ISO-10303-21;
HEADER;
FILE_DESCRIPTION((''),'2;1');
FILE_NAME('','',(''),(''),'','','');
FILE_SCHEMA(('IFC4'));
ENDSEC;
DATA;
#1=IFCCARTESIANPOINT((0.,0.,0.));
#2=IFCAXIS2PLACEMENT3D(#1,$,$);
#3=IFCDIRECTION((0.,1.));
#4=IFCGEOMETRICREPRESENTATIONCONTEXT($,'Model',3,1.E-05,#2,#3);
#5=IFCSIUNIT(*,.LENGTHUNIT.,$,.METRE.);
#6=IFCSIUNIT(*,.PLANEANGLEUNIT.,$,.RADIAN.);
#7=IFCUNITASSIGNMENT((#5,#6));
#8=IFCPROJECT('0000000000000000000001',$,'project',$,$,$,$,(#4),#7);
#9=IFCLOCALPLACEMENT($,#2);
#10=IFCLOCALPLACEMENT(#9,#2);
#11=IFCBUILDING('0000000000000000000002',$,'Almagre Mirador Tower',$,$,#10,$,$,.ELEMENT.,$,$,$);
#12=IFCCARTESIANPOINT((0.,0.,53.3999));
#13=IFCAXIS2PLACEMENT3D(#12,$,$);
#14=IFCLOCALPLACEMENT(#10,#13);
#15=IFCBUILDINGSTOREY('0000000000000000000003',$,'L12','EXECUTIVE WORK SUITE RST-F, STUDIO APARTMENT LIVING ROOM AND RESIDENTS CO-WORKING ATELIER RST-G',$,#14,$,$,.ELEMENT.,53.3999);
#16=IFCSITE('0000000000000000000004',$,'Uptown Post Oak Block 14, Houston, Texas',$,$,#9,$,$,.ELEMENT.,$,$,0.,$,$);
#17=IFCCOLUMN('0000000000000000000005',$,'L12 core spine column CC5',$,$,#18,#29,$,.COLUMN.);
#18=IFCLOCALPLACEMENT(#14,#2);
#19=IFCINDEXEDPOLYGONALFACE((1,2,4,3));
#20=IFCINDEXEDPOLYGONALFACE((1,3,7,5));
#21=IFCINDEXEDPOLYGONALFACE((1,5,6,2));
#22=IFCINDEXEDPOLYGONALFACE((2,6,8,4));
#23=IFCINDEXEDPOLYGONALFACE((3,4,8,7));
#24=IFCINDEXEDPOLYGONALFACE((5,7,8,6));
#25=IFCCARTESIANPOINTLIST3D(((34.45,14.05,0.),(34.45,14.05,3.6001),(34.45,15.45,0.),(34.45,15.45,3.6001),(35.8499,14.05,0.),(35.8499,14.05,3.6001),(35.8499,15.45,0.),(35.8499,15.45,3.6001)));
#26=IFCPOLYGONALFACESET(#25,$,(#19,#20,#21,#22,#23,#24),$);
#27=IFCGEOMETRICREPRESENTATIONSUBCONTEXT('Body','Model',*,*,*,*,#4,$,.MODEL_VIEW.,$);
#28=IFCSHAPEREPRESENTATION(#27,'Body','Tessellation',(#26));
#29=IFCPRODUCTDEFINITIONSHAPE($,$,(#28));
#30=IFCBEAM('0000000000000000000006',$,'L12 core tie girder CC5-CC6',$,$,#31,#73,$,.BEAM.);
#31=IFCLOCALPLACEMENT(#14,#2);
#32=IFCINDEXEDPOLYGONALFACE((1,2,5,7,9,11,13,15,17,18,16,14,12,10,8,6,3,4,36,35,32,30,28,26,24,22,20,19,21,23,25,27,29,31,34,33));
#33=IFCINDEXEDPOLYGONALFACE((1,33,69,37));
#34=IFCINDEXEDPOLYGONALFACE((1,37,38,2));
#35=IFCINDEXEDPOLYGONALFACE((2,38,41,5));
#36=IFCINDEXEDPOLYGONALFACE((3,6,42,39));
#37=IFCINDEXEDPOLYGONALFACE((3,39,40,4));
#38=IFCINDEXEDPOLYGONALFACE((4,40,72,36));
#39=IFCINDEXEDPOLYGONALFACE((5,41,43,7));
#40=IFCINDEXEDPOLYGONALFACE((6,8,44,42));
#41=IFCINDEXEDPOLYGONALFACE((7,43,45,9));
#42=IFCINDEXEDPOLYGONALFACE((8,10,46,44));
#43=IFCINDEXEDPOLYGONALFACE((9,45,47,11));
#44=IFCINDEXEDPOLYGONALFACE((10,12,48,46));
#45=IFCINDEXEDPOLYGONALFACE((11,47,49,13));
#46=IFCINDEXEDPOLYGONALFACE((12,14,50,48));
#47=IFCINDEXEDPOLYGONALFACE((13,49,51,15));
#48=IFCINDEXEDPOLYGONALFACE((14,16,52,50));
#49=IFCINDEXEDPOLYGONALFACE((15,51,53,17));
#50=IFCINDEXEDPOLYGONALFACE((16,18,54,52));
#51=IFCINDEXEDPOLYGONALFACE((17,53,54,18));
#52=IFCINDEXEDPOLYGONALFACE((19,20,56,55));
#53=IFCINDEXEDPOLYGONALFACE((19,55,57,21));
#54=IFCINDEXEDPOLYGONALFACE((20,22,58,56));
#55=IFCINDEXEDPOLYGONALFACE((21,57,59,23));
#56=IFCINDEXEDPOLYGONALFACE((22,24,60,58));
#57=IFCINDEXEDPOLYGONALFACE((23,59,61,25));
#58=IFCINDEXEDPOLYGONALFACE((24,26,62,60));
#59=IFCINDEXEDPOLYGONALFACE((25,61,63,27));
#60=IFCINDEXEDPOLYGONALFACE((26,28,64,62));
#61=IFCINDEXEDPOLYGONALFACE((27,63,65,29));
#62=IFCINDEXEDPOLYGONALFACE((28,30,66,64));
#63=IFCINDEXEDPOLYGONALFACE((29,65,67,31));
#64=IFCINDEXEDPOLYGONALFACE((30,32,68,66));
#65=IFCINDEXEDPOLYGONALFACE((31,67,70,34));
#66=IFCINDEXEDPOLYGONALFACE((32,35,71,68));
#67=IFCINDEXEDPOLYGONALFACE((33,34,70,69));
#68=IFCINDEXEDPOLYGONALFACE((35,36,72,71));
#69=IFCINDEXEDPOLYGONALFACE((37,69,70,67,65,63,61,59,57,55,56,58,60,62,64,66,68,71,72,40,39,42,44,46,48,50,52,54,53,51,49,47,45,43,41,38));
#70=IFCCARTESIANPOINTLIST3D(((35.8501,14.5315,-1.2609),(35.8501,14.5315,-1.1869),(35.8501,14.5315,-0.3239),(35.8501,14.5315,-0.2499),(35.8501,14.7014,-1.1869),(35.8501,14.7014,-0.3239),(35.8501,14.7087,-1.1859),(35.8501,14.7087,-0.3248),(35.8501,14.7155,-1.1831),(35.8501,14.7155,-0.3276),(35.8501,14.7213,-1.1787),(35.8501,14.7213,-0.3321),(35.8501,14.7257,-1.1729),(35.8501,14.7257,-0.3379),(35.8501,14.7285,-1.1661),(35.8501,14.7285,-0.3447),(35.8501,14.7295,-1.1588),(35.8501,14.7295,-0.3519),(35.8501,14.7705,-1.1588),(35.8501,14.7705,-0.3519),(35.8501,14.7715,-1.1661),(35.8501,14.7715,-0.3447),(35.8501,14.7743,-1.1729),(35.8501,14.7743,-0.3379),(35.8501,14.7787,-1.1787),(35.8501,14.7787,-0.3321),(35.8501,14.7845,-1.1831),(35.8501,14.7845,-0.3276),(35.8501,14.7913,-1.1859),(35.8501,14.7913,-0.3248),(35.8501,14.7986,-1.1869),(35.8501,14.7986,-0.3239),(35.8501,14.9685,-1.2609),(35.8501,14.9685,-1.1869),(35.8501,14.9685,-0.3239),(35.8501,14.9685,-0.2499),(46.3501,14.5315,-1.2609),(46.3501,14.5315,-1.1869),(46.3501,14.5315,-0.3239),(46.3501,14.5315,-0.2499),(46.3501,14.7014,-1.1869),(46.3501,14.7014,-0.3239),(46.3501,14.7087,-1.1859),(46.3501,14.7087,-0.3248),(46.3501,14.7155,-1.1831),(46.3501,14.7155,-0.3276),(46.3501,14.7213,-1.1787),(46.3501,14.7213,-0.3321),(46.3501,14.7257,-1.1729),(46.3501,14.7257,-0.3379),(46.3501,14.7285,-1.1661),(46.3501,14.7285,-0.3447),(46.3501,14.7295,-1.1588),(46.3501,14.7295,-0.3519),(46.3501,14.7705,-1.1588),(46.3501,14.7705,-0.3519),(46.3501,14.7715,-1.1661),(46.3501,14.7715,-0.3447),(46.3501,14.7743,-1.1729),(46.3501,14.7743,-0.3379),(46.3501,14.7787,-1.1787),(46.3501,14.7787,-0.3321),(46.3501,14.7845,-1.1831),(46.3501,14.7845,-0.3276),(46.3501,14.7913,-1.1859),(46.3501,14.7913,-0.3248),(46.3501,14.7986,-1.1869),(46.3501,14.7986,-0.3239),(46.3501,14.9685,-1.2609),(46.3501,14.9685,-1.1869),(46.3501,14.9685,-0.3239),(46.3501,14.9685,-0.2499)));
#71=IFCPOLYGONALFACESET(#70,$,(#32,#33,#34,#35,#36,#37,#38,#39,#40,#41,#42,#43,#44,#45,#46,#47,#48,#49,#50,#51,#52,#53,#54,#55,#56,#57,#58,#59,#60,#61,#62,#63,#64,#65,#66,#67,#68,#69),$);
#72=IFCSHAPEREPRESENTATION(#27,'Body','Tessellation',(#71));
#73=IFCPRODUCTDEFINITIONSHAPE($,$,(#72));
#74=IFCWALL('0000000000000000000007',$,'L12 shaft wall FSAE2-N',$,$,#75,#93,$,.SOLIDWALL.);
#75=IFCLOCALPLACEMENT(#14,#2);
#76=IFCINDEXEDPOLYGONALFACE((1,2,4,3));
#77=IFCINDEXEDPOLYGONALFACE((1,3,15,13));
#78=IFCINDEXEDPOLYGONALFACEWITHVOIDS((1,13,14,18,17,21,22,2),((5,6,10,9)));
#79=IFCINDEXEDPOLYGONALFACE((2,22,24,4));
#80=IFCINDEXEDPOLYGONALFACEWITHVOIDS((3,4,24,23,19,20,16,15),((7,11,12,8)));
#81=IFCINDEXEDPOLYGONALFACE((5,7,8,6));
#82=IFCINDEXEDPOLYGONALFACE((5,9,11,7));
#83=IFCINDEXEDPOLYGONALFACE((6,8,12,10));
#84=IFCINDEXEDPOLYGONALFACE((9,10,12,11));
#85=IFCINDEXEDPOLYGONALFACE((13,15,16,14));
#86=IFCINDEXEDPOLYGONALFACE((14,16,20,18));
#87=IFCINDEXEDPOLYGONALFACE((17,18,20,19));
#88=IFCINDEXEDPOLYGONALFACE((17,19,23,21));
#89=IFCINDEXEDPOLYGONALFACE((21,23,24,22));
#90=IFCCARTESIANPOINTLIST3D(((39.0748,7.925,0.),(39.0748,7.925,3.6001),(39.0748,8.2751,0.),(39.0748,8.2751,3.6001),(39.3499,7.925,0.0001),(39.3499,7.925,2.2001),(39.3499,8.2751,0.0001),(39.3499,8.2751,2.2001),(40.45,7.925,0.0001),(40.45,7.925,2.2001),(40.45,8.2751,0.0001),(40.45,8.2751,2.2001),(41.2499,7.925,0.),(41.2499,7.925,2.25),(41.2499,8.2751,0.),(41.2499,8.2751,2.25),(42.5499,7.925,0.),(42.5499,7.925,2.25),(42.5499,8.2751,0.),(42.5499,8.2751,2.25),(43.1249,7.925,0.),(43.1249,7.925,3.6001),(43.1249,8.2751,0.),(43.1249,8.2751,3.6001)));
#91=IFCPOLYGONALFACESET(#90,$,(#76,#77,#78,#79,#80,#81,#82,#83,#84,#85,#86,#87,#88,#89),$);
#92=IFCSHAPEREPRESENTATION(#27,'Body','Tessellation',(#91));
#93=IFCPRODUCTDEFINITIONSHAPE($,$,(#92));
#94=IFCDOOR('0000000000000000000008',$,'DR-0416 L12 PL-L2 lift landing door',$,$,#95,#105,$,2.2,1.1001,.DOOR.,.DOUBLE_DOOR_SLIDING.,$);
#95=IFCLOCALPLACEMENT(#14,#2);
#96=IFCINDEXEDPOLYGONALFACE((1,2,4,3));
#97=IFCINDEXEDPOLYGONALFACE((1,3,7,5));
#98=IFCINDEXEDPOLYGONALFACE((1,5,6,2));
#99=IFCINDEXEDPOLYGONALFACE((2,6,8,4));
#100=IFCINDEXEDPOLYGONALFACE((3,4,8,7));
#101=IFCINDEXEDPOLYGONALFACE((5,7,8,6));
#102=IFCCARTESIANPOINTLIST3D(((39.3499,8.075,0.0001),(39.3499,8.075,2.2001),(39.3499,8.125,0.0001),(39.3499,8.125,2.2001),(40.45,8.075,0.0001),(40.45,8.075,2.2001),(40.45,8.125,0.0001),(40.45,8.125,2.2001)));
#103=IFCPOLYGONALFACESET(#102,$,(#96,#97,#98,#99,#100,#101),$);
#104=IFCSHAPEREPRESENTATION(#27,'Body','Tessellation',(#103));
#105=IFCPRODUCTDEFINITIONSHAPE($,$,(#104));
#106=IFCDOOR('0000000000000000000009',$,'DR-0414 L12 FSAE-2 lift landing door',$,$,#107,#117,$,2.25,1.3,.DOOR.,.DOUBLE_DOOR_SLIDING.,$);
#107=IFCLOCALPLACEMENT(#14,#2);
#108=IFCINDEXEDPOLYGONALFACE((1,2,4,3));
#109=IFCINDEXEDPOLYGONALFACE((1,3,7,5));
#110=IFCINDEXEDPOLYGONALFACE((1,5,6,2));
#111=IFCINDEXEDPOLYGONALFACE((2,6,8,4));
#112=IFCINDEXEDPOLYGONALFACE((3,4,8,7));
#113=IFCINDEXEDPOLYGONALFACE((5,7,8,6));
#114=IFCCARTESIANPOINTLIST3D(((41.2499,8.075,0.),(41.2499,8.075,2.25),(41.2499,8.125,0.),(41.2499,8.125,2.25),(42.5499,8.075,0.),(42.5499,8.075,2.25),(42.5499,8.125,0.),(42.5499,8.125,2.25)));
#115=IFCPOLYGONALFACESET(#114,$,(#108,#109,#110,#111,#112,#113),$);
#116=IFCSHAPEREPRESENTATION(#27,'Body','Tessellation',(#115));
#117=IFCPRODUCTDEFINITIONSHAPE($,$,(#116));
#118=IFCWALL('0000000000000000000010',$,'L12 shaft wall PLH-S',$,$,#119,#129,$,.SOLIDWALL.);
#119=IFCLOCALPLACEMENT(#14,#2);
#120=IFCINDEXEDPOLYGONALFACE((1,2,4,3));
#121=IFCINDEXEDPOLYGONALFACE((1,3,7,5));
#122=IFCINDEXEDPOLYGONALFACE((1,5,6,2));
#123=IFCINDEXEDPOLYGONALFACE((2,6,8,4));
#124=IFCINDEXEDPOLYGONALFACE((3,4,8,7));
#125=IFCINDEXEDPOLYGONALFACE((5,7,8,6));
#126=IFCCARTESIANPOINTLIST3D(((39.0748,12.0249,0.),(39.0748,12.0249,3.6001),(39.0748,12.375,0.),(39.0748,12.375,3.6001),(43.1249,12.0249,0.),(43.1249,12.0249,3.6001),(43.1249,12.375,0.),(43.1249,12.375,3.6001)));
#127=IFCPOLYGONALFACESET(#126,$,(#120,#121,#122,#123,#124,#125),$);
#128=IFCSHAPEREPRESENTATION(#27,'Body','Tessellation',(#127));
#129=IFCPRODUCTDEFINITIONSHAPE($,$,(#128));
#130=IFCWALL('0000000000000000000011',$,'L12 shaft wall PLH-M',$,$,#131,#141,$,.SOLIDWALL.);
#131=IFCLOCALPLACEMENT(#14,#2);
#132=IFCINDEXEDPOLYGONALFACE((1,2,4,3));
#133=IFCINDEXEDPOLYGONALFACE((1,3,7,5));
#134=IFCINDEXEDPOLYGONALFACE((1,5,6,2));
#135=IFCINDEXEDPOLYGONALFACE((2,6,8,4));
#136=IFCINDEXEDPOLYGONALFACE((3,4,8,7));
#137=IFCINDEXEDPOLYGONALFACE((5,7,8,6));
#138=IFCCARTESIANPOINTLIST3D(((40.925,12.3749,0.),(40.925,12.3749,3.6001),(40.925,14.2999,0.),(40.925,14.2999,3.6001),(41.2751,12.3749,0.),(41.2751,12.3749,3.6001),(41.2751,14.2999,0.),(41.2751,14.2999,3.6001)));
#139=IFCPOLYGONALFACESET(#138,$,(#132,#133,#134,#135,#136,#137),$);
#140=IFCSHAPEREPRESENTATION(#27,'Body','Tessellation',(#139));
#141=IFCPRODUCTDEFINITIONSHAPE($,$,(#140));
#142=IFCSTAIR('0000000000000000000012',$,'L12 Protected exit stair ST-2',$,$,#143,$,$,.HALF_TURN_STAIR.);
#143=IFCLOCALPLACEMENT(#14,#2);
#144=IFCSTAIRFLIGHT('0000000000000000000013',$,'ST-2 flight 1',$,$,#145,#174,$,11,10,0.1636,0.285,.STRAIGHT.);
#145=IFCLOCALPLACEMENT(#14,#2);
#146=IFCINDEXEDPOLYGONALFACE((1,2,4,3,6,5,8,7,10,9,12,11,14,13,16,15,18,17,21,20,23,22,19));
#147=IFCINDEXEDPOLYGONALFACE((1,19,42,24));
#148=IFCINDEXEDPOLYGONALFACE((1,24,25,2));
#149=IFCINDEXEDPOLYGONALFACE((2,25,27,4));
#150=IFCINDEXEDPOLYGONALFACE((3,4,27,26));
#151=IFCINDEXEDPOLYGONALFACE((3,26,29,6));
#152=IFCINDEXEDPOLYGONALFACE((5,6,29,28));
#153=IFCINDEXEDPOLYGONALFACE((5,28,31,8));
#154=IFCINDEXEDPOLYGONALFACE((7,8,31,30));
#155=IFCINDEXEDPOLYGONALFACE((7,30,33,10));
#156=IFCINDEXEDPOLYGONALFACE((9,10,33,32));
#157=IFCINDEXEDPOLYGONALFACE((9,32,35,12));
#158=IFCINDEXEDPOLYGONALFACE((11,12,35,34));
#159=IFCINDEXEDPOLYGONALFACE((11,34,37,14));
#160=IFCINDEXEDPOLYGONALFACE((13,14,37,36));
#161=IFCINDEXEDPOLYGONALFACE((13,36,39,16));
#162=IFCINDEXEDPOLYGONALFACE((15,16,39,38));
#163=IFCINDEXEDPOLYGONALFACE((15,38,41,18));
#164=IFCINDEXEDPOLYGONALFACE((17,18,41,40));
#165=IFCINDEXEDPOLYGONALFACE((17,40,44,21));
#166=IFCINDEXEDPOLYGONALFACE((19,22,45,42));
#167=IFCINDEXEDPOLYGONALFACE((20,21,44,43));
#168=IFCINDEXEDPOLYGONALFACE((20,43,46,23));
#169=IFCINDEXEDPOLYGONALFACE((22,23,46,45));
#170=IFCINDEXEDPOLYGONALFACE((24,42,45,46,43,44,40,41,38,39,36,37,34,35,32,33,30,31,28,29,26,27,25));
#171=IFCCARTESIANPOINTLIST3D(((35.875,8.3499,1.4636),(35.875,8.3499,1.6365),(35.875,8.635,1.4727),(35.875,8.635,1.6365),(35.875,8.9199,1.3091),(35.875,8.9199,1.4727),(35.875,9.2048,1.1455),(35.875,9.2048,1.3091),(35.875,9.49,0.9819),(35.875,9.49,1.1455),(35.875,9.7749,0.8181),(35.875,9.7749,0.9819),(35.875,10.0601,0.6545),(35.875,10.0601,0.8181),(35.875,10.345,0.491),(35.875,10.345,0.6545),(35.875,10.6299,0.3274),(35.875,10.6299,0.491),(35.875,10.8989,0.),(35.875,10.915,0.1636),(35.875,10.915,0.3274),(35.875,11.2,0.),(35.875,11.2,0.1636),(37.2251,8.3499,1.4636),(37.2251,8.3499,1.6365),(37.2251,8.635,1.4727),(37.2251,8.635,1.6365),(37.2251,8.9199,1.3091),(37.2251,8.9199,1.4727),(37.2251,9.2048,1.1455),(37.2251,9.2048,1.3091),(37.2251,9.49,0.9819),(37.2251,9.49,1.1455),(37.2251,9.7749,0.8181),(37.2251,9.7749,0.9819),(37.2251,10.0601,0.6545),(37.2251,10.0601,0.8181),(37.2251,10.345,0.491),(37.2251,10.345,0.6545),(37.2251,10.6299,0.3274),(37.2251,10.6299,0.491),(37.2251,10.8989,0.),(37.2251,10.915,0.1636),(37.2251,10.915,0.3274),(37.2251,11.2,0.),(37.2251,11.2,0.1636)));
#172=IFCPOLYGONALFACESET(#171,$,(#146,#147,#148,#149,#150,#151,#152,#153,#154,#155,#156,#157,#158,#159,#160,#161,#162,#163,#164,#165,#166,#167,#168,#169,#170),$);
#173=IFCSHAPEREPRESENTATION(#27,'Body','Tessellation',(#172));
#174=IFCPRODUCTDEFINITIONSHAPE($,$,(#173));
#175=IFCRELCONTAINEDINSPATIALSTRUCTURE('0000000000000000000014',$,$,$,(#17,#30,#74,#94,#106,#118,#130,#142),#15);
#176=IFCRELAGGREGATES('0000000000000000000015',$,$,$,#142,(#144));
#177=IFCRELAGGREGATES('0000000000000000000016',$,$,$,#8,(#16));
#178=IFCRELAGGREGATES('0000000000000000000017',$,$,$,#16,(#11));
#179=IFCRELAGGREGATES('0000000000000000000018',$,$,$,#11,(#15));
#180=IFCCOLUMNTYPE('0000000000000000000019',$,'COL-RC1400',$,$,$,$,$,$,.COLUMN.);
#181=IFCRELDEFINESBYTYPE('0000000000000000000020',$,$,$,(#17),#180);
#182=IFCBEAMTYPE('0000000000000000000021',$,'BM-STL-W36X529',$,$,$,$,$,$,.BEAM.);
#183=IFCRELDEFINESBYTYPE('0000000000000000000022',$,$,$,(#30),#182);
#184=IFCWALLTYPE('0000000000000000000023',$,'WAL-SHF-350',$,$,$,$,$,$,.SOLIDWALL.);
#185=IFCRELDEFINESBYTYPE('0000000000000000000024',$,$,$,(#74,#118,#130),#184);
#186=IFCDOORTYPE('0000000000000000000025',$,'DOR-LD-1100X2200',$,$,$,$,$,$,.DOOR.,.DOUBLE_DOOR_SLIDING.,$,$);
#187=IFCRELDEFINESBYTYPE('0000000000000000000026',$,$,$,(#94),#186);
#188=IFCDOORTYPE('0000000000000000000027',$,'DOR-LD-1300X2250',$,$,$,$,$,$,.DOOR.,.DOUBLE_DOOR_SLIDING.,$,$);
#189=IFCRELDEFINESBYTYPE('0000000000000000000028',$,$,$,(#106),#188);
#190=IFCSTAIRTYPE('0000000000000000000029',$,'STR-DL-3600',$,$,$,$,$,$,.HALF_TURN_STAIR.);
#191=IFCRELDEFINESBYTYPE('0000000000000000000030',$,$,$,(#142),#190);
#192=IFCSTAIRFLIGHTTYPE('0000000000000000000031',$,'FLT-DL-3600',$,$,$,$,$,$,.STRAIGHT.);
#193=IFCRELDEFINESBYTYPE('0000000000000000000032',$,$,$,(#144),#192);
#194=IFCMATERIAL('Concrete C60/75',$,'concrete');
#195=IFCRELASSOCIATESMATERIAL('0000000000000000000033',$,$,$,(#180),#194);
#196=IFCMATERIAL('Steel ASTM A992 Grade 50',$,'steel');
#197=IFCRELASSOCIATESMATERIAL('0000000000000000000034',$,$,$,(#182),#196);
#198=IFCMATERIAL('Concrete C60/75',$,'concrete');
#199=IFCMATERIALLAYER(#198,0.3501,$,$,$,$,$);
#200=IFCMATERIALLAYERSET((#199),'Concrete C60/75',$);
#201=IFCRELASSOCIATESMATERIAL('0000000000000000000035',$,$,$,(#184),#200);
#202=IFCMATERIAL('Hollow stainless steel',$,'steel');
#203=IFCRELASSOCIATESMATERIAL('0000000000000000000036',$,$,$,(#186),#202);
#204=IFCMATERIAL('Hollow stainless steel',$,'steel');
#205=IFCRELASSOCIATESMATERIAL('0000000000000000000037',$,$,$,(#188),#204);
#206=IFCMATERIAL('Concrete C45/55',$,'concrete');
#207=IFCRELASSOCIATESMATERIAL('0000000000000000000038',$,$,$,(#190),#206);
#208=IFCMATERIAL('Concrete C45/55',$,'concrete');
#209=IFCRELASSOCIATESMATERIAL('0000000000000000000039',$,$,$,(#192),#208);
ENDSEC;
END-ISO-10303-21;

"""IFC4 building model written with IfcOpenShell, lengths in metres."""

from ifc_helpers import new_model, si_unit, direction, frame, frame_2d, origin, origin_2d, place, context, subcontext, project, spatial, polyline, rectangle, i_section, outline, extrude, material, layer, layer_set, material_profile, profile_set, type_object, element, fill, aggregate, save


model = new_model("IFC4")

# Units and contexts
model_context = context("Model", 3, precision=1e-05, world=origin(), true_north=direction((0.0, 1.0)))
body_context = subcontext(model_context, "Body", "Model", "MODEL_VIEW")
ifc_project = project(units=[si_unit("LENGTHUNIT", "METRE"), si_unit("PLANEANGLEUNIT", "RADIAN")], contexts=[model_context])

# Site, building, storey
site_placement = place(None, origin())
site = spatial("IfcSite", under=ifc_project, at=site_placement, Name="Uptown Post Oak Block 14, Houston, Texas", CompositionType="ELEMENT", RefElevation=0.0)
building_placement = place(site_placement, origin())
building = spatial("IfcBuilding", under=site, at=building_placement, Name="Almagre Mirador Tower", CompositionType="ELEMENT")
storey_placement = place(building_placement, frame((0.0, 0.0, 53.3999)))
storey = spatial("IfcBuildingStorey", under=building, at=storey_placement, Name="L12", Description="EXECUTIVE WORK SUITE RST-F, STUDIO APARTMENT LIVING ROOM AND RESIDENTS CO-WORKING ATELIER RST-G", CompositionType="ELEMENT", Elevation=53.3999)

# Column
ifc_material_1 = material(Name="Concrete C60/75", Category="concrete")
ifc_material_profile_1 = material_profile(ifc_material_1, rectangle(XDim=1.3999, YDim=1.3999, at=origin_2d()), Name="RC1400X1400")
ifc_profile_set_1 = profile_set([ifc_material_profile_1], Name="Concrete C60/75")
column_type = type_object("IfcColumnType", Name="COL-RC1400", PredefinedType="COLUMN", material=ifc_profile_set_1)
column_placement = place(storey_placement, frame((35.1499, 14.75, 0.0), z_axis=(0.0, 0.0, 1.0), x_axis=(1.0, 0.0, 0.0)))
element("IfcColumn", 1, at=column_placement, inside=storey, type_object=column_type, Name="L12 core spine column CC5", PredefinedType="COLUMN", context=body_context, shape_type="SweptSolid", body=[
    extrude(rectangle(XDim=1.3999, YDim=1.3999, at=origin_2d()), origin(), (0.0, 0.0, 1.0), 3.6001),
])

# Beam
ifc_material_2 = material(Name="Steel ASTM A992 Grade 50", Category="steel")
ifc_material_profile_2 = material_profile(ifc_material_2, i_section(OverallWidth=0.437, OverallDepth=1.011, WebThickness=0.041, FlangeThickness=0.074, FilletRadius=0.0281, at=origin_2d()), Name="W36X529")
ifc_profile_set_2 = profile_set([ifc_material_profile_2], Name="Steel ASTM A992 Grade 50")
beam_type = type_object("IfcBeamType", Name="BM-STL-W36X529", PredefinedType="BEAM", material=ifc_profile_set_2)
beam_placement = place(storey_placement, frame((35.8501, 14.75, -0.7554), z_axis=(1.0, 0.0, 0.0), x_axis=(0.0, 1.0, 0.0)))
element("IfcBeam", 2, at=beam_placement, inside=storey, type_object=beam_type, Name="L12 core tie girder CC5-CC6", PredefinedType="BEAM", context=body_context, shape_type="SweptSolid", body=[
    extrude(i_section(OverallWidth=0.437, OverallDepth=1.011, WebThickness=0.041, FlangeThickness=0.074, FilletRadius=0.0281, at=origin_2d()), origin(), (0.0, 0.0, 1.0), 10.5),
])

# Wall, openings, doors
ifc_material_3 = material(Name="Concrete C60/75", Category="concrete")
ifc_layer_1 = layer(ifc_material_3, 0.3501)
ifc_layer_set_1 = layer_set([ifc_layer_1], Name="Concrete C60/75")
wall_type_1 = type_object("IfcWallType", Name="WAL-SHF-350", PredefinedType="SOLIDWALL", material=ifc_layer_set_1)
wall_1_placement = place(storey_placement, frame((39.075, 8.1001, 0.0), z_axis=(0.0, 0.0, 1.0), x_axis=(1.0, 0.0, 0.0)))
wall_1 = element("IfcWall", 3, at=wall_1_placement, inside=storey, type_object=wall_type_1, Name="L12 shaft wall FSAE2-N", PredefinedType="SOLIDWALL", context=body_context, shape_type="SweptSolid", body=[
    extrude(rectangle(XDim=4.05, YDim=0.3501, at=frame_2d((2.0249, 0.0))), origin(), (0.0, 0.0, 1.0), 3.6001),
])
opening_1_placement = place(wall_1_placement, frame((2.175, 0.0, 0.0)))
opening_1 = element("IfcOpeningElement", 4, at=opening_1_placement, cuts=wall_1, PredefinedType="OPENING", context=body_context, shape_type="SweptSolid", body=[
    extrude(rectangle(XDim=1.3, YDim=2.25, at=frame_2d((0.6499, 1.125))), frame((0.0, 0.185, 0.0), z_axis=(0.0, -1.0, 0.0), x_axis=(1.0, 0.0, 0.0)), (0.0, 0.0, 1.0), 0.3701),
])
opening_2_placement = place(wall_1_placement, frame((0.2749, 0.0, 0.0)))
opening_2 = element("IfcOpeningElement", 5, at=opening_2_placement, cuts=wall_1, PredefinedType="OPENING", context=body_context, shape_type="SweptSolid", body=[
    extrude(rectangle(XDim=1.1001, YDim=2.2, at=frame_2d((0.55, 1.1001))), frame((0.0, 0.185, 0.0), z_axis=(0.0, -1.0, 0.0), x_axis=(1.0, 0.0, 0.0)), (0.0, 0.0, 1.0), 0.3701),
])
ifc_material_4 = material(Name="Hollow stainless steel", Category="steel")
door_type_1 = type_object("IfcDoorType", Name="DOR-LD-1100X2200", OperationType="DOUBLE_DOOR_SLIDING", PredefinedType="DOOR", material=ifc_material_4)
door_1_placement = place(opening_2_placement, origin())
door_1 = element("IfcDoor", 6, at=door_1_placement, inside=storey, type_object=door_type_1, Name="DR-0416 L12 PL-L2 lift landing door", OperationType="DOUBLE_DOOR_SLIDING", OverallHeight=2.2, OverallWidth=1.1001, PredefinedType="DOOR", context=body_context, shape_type="SweptSolid", body=[
    extrude(rectangle(XDim=1.1001, YDim=2.2, at=frame_2d((0.55, 1.1001))), frame((0.0, 0.0249, 0.0), z_axis=(0.0, -1.0, 0.0), x_axis=(1.0, 0.0, 0.0)), (0.0, 0.0, 1.0), 0.05),
])
fill(opening_2, door_1)
ifc_material_5 = material(Name="Hollow stainless steel", Category="steel")
door_type_2 = type_object("IfcDoorType", Name="DOR-LD-1300X2250", OperationType="DOUBLE_DOOR_SLIDING", PredefinedType="DOOR", material=ifc_material_5)
door_2_placement = place(opening_1_placement, origin())
door_2 = element("IfcDoor", 7, at=door_2_placement, inside=storey, type_object=door_type_2, Name="DR-0414 L12 FSAE-2 lift landing door", OperationType="DOUBLE_DOOR_SLIDING", OverallHeight=2.25, OverallWidth=1.3, PredefinedType="DOOR", context=body_context, shape_type="SweptSolid", body=[
    extrude(rectangle(XDim=1.3, YDim=2.25, at=frame_2d((0.6499, 1.125))), frame((0.0, 0.0249, 0.0), z_axis=(0.0, -1.0, 0.0), x_axis=(1.0, 0.0, 0.0)), (0.0, 0.0, 1.0), 0.05),
])
fill(opening_1, door_2)

# Walls
wall_2_placement = place(storey_placement, frame((39.075, 12.2, 0.0), z_axis=(0.0, 0.0, 1.0), x_axis=(1.0, 0.0, 0.0)))
element("IfcWall", 8, at=wall_2_placement, inside=storey, type_object=wall_type_1, Name="L12 shaft wall PLH-S", PredefinedType="SOLIDWALL", context=body_context, shape_type="SweptSolid", body=[
    extrude(rectangle(XDim=4.05, YDim=0.3501, at=frame_2d((2.0249, 0.0))), origin(), (0.0, 0.0, 1.0), 3.6001),
])
wall_3_placement = place(storey_placement, frame((41.1001, 12.375, 0.0), z_axis=(0.0, 0.0, 1.0), x_axis=(0.0, 1.0, 0.0)))
element("IfcWall", 9, at=wall_3_placement, inside=storey, type_object=wall_type_1, Name="L12 shaft wall PLH-M", PredefinedType="SOLIDWALL", context=body_context, shape_type="SweptSolid", body=[
    extrude(rectangle(XDim=1.925, YDim=0.3501, at=frame_2d((0.9624, 0.0))), origin(), (0.0, 0.0, 1.0), 3.6001),
])

# Stair, stair flight
ifc_material_6 = material(Name="Concrete C45/55", Category="concrete")
stair_type = type_object("IfcStairType", Name="STR-DL-3600", PredefinedType="HALF_TURN_STAIR", material=ifc_material_6)
stair_1_placement = place(storey_placement, origin())
stair_1 = element("IfcStair", 10, at=stair_1_placement, inside=storey, type_object=stair_type, Name="L12 Protected exit stair ST-2", PredefinedType="HALF_TURN_STAIR")
ifc_material_7 = material(Name="Concrete C45/55", Category="concrete")
stair_flight_type = type_object("IfcStairFlightType", Name="FLT-DL-3600", PredefinedType="STRAIGHT", material=ifc_material_7)
stair_flight_1_placement = place(storey_placement, frame((36.55, 11.2, 0.0), z_axis=(0.0, 0.0, 1.0), x_axis=(0.0, -1.0, 0.0)))
stair_flight_1 = element("IfcStairFlight", 11, at=stair_flight_1_placement, type_object=stair_flight_type, Name="ST-2 flight 1", NumberOfRisers=11, NumberOfTreads=10, PredefinedType="STRAIGHT", RiserHeight=0.1636, TreadLength=0.285, context=body_context, shape_type="SweptSolid", body=[
    extrude(outline(polyline([(0.0, 0.0), (0.0, 0.1636), (0.2849, 0.1636), (0.2849, 0.3274), (0.5701, 0.3274), (0.5701, 0.491), (0.855, 0.491), (0.855, 0.6545), (1.1399, 0.6545), (1.1399, 0.8181), (1.425, 0.8181), (1.425, 0.9819), (1.71, 0.9819), (1.71, 1.1455), (1.9951, 1.1455), (1.9951, 1.3091), (2.28, 1.3091), (2.28, 1.4727), (2.5649, 1.4727), (2.5649, 1.6365), (2.8501, 1.6365), (2.8501, 1.8), (2.8501, 1.4636), (0.301, 0.0), (0.0, 0.0)])), frame((0.0, 0.675, 0.0), z_axis=(0.0, -1.0, 0.0), x_axis=(1.0, 0.0, 0.0)), (0.0, 0.0, 1.0), 1.3501),
])
aggregate(stair_1, [stair_flight_1])

save(model, "model.ifc")
